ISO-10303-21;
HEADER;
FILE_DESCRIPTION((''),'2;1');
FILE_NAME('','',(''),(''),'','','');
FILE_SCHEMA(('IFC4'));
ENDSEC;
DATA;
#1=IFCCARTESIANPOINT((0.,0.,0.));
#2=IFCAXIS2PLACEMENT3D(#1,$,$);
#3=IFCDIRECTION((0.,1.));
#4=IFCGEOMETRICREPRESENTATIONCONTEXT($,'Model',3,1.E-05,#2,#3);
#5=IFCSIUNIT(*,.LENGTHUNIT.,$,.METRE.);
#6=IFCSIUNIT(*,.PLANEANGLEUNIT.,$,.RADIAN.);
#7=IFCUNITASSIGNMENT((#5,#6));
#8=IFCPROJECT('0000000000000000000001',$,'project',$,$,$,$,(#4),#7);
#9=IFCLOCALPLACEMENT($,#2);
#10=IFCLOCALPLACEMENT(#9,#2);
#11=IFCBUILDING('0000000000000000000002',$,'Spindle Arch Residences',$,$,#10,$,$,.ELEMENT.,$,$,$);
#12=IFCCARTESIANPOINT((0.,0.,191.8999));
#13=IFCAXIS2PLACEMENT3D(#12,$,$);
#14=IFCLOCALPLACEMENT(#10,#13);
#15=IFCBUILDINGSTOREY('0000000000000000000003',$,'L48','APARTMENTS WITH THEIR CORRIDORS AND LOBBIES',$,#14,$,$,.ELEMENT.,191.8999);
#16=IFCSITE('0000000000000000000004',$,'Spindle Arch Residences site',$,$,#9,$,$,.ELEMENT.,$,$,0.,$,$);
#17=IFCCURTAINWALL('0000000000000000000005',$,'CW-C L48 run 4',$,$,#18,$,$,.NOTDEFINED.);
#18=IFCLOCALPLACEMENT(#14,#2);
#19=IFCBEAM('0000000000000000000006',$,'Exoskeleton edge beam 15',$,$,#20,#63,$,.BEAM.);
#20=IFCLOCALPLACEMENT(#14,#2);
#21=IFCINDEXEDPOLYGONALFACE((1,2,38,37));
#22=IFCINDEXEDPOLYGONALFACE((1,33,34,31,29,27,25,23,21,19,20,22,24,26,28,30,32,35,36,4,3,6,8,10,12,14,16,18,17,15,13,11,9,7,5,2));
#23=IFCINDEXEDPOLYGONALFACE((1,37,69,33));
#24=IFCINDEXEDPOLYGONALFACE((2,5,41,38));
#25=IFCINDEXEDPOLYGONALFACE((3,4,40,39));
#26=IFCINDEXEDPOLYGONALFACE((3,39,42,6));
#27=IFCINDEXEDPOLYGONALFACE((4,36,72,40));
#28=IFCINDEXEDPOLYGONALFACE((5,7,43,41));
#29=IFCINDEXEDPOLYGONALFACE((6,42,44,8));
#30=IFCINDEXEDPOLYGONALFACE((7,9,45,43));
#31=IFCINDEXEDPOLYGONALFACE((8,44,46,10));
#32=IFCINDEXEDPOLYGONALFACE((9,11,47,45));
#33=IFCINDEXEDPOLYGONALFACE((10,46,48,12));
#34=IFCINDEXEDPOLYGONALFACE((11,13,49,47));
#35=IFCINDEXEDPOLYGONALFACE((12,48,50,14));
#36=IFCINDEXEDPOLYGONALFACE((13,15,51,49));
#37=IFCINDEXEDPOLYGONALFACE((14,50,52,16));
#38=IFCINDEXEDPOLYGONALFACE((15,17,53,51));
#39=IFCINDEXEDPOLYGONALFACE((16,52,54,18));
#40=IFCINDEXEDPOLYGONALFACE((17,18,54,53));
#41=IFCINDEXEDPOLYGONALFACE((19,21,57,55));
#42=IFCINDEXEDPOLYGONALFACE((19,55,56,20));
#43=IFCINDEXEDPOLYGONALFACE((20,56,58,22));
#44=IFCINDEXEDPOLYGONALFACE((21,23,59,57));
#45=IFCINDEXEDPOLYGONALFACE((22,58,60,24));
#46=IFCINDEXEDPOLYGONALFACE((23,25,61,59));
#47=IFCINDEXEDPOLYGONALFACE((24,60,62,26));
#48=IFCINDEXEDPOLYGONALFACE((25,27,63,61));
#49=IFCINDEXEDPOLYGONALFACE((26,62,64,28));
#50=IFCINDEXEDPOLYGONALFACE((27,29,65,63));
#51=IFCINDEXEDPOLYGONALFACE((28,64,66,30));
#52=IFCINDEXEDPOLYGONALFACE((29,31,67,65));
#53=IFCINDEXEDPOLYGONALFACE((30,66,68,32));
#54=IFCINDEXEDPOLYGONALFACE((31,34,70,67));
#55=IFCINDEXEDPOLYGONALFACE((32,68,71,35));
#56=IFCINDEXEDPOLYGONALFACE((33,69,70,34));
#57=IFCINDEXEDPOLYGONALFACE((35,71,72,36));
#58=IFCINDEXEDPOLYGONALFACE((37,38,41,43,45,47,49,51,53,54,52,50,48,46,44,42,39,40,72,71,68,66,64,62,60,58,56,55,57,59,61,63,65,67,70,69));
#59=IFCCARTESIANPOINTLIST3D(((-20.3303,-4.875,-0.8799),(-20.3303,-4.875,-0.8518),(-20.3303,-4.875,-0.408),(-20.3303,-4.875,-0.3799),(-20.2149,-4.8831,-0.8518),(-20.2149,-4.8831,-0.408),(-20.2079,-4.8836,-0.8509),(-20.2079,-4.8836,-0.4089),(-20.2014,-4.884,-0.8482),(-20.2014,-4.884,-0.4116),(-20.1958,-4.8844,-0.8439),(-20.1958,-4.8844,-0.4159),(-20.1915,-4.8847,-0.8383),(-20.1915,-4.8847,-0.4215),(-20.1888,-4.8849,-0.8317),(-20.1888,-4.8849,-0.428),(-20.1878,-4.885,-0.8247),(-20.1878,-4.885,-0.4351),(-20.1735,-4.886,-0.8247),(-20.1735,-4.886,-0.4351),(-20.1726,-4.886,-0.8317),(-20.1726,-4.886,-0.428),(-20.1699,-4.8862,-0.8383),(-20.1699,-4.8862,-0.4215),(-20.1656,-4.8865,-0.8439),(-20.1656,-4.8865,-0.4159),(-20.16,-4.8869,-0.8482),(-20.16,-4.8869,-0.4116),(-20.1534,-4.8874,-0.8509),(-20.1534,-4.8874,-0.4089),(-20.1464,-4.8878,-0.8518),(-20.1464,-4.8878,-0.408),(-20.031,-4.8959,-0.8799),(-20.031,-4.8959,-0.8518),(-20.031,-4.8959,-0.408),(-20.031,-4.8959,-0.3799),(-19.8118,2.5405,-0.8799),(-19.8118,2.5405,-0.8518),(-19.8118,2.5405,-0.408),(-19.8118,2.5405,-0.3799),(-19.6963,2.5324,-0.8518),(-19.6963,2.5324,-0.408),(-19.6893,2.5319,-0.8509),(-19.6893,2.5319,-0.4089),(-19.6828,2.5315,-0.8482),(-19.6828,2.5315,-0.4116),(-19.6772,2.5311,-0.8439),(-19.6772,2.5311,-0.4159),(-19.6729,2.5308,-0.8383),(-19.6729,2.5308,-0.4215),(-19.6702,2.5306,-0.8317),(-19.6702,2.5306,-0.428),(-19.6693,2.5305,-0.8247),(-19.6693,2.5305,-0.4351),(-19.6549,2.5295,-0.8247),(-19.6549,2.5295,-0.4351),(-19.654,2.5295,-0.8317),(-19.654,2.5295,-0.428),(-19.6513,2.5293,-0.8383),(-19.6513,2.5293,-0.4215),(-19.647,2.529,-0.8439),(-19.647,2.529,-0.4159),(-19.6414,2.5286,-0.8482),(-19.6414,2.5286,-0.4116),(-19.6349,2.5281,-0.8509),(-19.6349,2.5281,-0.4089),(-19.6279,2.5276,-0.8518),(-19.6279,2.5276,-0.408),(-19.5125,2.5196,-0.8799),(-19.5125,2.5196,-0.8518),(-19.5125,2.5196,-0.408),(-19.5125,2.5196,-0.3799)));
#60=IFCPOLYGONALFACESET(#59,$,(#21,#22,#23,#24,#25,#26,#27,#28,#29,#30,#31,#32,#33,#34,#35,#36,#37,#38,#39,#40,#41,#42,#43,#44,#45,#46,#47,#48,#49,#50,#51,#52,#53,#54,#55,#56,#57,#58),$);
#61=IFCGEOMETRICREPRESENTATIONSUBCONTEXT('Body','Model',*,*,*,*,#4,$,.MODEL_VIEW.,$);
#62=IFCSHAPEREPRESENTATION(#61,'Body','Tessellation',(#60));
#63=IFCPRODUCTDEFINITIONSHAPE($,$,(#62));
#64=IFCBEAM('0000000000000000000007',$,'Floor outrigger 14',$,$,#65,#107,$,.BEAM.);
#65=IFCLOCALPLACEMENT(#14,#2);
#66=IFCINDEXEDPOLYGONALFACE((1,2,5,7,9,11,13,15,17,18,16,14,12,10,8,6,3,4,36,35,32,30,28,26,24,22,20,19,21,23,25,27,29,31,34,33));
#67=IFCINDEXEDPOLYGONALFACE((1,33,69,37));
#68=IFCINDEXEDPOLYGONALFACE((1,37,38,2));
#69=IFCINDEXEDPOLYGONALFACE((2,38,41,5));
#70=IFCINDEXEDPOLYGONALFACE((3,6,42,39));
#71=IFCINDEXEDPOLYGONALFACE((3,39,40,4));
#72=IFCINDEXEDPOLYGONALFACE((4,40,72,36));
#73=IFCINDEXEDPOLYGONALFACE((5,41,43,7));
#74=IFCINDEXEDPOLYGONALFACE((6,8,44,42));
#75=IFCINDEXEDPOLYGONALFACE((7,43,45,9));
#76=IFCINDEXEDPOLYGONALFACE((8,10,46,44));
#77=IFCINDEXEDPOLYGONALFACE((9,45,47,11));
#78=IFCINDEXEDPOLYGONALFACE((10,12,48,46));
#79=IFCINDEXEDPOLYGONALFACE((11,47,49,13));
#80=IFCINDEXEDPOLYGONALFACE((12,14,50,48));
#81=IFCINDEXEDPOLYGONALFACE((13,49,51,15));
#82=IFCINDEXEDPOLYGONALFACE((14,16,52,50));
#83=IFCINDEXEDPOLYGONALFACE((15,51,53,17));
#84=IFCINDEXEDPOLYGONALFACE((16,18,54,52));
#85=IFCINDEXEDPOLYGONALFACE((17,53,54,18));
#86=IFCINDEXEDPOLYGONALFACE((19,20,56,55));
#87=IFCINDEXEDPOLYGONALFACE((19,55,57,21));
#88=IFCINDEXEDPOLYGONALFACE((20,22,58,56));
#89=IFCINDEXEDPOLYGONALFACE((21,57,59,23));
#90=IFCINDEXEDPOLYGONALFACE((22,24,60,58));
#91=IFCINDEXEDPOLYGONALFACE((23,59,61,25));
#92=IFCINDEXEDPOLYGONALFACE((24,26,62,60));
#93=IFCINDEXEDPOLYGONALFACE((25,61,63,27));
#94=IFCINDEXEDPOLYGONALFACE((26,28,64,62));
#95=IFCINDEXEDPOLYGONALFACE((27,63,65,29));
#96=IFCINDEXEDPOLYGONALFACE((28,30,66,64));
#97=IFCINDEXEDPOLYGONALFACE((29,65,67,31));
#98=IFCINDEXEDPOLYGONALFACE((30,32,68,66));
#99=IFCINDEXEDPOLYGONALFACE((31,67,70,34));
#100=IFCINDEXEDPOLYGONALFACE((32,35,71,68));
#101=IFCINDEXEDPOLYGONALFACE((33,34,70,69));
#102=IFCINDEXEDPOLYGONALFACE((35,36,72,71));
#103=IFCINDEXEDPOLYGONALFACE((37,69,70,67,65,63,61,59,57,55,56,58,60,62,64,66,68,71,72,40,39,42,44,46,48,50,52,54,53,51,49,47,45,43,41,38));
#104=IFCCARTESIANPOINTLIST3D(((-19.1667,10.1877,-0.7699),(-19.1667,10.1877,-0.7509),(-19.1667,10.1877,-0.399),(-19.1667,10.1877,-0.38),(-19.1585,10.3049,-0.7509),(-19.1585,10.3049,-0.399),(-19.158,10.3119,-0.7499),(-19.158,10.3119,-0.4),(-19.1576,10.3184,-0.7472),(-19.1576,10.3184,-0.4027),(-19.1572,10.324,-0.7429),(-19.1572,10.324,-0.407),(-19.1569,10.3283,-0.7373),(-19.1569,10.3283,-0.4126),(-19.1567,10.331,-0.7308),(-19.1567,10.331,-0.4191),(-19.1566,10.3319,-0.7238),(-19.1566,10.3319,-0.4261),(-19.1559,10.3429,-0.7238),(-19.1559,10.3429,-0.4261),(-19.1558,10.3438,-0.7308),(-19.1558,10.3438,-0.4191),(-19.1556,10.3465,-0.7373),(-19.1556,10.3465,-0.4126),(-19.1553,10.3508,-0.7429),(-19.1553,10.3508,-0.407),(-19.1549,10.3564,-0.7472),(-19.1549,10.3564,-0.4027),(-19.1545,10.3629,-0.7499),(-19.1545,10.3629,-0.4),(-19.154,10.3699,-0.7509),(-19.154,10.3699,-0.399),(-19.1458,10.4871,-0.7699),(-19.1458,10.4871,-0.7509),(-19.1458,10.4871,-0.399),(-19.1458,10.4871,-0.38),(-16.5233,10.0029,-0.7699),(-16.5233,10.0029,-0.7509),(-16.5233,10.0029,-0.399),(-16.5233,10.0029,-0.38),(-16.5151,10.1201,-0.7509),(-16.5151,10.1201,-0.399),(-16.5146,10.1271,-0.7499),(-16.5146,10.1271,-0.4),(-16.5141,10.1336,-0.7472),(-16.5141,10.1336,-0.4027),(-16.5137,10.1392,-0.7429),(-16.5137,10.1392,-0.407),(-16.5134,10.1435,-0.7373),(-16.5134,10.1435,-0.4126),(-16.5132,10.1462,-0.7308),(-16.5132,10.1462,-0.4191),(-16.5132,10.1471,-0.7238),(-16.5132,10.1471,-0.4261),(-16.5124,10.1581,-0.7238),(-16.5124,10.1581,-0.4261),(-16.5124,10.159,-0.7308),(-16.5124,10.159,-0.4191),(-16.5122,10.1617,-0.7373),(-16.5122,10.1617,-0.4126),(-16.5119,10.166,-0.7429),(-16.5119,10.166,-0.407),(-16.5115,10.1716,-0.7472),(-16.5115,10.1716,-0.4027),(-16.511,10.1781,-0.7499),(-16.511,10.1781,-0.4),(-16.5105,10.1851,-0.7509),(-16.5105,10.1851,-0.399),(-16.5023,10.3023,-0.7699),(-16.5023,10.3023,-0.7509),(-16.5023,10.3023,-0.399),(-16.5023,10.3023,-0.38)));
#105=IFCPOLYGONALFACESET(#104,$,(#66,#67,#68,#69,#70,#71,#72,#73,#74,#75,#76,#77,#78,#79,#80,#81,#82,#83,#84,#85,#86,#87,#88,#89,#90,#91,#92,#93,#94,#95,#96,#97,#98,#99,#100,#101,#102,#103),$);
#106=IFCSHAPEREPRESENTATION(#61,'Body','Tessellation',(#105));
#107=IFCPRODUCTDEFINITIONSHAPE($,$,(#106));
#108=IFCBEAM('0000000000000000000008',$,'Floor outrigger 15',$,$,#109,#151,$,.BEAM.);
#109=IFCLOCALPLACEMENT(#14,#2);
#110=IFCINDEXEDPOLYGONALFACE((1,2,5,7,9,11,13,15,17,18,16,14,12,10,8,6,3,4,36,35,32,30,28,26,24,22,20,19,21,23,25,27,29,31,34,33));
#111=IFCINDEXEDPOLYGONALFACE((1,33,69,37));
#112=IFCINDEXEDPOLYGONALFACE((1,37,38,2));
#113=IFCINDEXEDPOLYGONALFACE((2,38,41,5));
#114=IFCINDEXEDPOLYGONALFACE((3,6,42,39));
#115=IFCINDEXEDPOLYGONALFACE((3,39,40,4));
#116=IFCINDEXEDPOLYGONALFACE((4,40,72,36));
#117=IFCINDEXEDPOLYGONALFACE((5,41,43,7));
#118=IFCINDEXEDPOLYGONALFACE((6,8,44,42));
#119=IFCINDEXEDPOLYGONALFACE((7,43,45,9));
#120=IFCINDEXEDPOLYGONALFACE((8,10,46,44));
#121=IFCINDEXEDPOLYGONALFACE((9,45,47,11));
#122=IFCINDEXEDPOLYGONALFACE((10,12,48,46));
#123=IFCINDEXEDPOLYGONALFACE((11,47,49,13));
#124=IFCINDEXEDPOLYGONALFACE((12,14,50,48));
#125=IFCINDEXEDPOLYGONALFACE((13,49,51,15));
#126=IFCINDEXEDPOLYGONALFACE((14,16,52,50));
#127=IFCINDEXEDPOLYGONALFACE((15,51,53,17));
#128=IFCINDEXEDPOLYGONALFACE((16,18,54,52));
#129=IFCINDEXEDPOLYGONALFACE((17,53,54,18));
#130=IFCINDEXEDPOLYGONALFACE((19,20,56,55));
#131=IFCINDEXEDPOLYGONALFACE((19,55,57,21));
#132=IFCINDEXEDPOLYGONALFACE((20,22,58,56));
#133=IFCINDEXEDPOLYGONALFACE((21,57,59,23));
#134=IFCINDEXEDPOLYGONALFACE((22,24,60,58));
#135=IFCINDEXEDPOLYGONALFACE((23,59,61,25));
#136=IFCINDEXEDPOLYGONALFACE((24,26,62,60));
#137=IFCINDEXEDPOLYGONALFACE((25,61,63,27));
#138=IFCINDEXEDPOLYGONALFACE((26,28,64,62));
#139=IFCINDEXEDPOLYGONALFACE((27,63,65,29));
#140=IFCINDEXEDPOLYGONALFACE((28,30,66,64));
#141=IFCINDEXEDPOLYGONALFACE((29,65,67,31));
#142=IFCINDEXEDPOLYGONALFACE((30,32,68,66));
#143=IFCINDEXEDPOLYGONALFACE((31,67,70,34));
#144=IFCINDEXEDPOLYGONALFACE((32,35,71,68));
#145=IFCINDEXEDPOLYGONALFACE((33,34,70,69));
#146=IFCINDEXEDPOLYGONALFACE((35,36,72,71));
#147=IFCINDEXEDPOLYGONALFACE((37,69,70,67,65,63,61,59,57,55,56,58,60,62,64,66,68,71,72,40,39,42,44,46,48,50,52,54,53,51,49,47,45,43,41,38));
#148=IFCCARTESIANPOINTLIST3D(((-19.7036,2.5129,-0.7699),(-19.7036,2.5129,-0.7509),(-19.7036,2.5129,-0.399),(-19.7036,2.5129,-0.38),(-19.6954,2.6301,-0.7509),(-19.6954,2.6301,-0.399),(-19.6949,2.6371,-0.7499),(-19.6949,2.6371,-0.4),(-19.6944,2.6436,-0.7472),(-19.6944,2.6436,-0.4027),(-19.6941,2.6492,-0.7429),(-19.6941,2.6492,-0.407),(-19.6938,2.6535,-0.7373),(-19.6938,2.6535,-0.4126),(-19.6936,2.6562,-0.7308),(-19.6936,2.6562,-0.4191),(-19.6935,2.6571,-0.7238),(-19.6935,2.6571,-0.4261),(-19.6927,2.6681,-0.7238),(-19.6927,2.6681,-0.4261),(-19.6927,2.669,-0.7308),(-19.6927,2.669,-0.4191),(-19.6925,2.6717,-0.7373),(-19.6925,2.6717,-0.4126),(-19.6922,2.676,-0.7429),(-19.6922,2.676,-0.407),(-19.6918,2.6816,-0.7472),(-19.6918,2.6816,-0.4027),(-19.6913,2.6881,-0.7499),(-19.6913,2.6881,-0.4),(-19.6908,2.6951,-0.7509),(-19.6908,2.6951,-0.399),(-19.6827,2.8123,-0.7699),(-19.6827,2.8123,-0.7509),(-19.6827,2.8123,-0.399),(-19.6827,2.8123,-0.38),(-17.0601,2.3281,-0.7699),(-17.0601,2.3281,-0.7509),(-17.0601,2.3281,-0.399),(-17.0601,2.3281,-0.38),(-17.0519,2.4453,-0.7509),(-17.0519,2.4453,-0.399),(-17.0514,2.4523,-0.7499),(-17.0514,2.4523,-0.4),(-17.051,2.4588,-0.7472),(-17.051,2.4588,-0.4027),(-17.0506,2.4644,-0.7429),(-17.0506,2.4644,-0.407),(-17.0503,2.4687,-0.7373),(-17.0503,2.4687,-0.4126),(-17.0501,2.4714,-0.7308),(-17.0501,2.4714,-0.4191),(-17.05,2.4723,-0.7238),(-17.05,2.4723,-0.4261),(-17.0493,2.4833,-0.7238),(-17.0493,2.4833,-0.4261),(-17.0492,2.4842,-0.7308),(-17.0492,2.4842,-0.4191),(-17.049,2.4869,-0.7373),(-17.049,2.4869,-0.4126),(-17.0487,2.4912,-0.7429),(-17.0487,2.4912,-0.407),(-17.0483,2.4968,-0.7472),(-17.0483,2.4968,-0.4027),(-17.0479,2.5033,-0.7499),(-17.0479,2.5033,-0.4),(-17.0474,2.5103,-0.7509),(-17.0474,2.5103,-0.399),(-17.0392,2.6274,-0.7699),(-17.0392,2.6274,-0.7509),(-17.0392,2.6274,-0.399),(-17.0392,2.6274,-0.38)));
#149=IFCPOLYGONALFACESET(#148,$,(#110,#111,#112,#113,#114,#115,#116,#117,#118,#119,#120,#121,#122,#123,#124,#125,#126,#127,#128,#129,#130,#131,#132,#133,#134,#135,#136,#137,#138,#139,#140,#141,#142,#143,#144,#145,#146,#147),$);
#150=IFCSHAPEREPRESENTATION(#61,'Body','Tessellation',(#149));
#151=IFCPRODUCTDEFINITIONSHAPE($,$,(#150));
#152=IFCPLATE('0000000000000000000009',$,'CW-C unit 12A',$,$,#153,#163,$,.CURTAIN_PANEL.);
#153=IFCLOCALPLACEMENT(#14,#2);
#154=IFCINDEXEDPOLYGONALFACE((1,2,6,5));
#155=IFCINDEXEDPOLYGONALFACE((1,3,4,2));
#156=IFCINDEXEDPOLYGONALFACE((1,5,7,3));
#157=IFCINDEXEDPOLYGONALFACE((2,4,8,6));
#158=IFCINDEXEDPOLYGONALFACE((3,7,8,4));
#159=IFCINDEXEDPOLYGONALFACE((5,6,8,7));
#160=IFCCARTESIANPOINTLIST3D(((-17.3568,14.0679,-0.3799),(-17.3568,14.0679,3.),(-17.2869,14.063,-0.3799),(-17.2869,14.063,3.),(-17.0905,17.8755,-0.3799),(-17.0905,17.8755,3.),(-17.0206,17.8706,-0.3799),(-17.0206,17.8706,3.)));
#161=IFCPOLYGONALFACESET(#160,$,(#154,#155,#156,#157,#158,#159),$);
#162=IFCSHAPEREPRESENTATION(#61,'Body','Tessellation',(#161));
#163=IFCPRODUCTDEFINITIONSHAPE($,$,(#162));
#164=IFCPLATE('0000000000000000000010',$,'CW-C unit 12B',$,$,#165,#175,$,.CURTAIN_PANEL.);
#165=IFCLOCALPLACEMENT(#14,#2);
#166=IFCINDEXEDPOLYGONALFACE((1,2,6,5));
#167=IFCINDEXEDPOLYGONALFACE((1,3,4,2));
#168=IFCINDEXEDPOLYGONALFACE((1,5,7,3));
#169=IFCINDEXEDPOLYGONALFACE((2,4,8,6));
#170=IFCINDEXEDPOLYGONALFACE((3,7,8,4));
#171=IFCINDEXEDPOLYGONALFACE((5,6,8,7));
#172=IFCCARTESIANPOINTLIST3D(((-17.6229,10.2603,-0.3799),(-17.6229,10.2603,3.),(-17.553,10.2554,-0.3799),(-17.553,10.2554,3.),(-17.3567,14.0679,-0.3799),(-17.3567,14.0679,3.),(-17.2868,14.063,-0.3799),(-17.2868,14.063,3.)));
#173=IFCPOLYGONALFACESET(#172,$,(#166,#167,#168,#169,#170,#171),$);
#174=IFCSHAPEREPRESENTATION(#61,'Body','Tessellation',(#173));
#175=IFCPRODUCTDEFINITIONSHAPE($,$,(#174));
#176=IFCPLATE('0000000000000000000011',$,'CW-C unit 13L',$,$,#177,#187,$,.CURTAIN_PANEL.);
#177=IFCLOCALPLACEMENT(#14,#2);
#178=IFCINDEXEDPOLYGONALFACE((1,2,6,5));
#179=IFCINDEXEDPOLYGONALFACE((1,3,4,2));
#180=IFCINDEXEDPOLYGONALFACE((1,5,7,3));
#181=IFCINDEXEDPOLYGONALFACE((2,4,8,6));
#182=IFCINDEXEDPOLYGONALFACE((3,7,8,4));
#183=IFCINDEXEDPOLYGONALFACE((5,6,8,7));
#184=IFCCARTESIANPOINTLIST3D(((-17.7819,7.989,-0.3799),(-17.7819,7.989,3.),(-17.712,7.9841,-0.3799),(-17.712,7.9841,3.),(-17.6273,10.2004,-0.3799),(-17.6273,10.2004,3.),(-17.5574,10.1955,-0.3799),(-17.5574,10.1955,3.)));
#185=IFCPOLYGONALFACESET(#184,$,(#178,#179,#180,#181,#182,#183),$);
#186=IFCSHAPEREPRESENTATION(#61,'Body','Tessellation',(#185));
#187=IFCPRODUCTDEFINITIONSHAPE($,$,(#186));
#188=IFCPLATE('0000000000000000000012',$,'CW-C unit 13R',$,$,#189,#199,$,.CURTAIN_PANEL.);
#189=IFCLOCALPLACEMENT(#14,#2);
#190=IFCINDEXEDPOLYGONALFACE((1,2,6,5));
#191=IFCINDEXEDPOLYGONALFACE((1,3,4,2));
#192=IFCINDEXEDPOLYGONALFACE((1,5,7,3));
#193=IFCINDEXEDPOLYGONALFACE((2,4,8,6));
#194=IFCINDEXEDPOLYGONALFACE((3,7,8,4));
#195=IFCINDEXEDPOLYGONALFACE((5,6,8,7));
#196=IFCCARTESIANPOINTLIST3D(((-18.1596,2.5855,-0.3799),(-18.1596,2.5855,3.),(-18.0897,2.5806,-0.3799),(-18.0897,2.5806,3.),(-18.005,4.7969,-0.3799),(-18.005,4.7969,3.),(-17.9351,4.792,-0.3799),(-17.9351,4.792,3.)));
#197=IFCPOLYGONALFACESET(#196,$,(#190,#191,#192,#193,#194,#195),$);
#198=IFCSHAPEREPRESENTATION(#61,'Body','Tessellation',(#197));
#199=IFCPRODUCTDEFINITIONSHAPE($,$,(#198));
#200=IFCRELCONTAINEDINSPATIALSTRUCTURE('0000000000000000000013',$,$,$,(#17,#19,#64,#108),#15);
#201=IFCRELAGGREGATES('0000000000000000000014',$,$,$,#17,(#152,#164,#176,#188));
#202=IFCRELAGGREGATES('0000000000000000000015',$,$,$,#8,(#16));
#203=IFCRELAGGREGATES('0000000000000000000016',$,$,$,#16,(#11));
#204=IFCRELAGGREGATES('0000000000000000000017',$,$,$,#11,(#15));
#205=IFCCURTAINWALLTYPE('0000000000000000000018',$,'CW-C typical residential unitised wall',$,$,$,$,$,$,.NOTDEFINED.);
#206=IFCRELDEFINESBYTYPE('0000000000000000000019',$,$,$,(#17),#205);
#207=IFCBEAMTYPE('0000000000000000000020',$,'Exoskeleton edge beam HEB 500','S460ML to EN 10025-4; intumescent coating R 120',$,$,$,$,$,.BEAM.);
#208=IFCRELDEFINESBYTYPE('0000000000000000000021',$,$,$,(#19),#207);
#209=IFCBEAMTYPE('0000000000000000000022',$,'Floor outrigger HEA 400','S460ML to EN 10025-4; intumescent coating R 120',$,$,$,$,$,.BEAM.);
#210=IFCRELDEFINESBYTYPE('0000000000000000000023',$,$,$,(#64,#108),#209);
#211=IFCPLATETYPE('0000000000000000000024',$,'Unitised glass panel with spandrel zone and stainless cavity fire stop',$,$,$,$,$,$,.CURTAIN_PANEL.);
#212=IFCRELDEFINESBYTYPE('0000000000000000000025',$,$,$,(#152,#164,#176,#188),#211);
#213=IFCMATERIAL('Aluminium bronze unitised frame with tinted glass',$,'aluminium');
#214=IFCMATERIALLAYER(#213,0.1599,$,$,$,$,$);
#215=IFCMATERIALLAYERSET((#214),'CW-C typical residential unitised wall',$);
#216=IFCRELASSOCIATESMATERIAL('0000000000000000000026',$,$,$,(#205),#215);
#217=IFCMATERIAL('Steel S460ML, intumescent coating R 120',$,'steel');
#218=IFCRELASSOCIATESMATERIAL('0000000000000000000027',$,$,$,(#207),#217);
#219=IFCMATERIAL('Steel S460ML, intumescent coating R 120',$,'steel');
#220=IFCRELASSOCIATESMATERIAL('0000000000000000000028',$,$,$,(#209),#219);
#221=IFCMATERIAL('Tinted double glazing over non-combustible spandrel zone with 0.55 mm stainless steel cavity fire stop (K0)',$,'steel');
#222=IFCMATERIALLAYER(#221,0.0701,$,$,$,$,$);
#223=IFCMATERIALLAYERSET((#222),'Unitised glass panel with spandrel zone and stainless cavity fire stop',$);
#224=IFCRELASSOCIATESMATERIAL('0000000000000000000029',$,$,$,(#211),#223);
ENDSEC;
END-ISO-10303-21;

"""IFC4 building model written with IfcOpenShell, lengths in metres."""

from ifc_helpers import new_model, si_unit, direction, frame, origin, origin_2d, place, context, subcontext, project, spatial, rectangle, i_section, extrude, material, layer, layer_set, material_profile, profile_set, type_object, element, aggregate, save


model = new_model("IFC4")

# Units and contexts
model_context = context("Model", 3, precision=1e-05, world=origin(), true_north=direction((0.0, 1.0)))
body_context = subcontext(model_context, "Body", "Model", "MODEL_VIEW")
ifc_project = project(units=[si_unit("LENGTHUNIT", "METRE"), si_unit("PLANEANGLEUNIT", "RADIAN")], contexts=[model_context])

# Site, building, storey
site_placement = place(None, origin())
site = spatial("IfcSite", under=ifc_project, at=site_placement, Name="Spindle Arch Residences site", CompositionType="ELEMENT", RefElevation=0.0)
building_placement = place(site_placement, origin())
building = spatial("IfcBuilding", under=site, at=building_placement, Name="Spindle Arch Residences", CompositionType="ELEMENT")
storey_placement = place(building_placement, frame((0.0, 0.0, 191.8999)))
storey = spatial("IfcBuildingStorey", under=building, at=storey_placement, Name="L48", Description="APARTMENTS WITH THEIR CORRIDORS AND LOBBIES", CompositionType="ELEMENT", Elevation=191.8999)

# Curtain wall
ifc_material_1 = material(Name="Aluminium bronze unitised frame with tinted glass", Category="aluminium")
ifc_layer_1 = layer(ifc_material_1, 0.1599)
ifc_layer_set_1 = layer_set([ifc_layer_1], Name="CW-C typical residential unitised wall")
curtain_wall_type = type_object("IfcCurtainWallType", Name="CW-C typical residential unitised wall", PredefinedType="NOTDEFINED", material=ifc_layer_set_1)
curtain_wall_placement = place(storey_placement, origin())
curtain_wall = element("IfcCurtainWall", 1, at=curtain_wall_placement, inside=storey, type_object=curtain_wall_type, Name="CW-C L48 run 4", PredefinedType="NOTDEFINED")

# Beams
ifc_material_2 = material(Name="Steel S460ML, intumescent coating R 120", Category="steel")
ifc_material_profile_1 = material_profile(ifc_material_2, i_section(OverallWidth=0.3, OverallDepth=0.5, WebThickness=0.0144, FlangeThickness=0.0281, FilletRadius=0.0271, at=origin_2d()), Name="HEB 500")
ifc_profile_set_1 = profile_set([ifc_material_profile_1], Name="Steel S460ML, intumescent coating R 120")
beam_type_1 = type_object("IfcBeamType", Name="Exoskeleton edge beam HEB 500", Description="S460ML to EN 10025-4; intumescent coating R 120", PredefinedType="BEAM", material=ifc_profile_set_1)
beam_1_placement = place(storey_placement, frame((-19.6621, 2.53, -0.6299), z_axis=(-0.069758, -0.997564, 0.0), x_axis=(0.997564, -0.069758, 0.0)))
element("IfcBeam", 2, at=beam_1_placement, inside=storey, type_object=beam_type_1, Name="Exoskeleton edge beam 15", PredefinedType="BEAM", context=body_context, shape_type="SweptSolid", body=[
    extrude(i_section(OverallWidth=0.3, OverallDepth=0.5, WebThickness=0.0144, FlangeThickness=0.0281, FilletRadius=0.0271, at=origin_2d()), origin(), (0.0, 0.0, 1.0), 7.4336),
])
ifc_material_3 = material(Name="Steel S460ML, intumescent coating R 120", Category="steel")
ifc_material_profile_2 = material_profile(ifc_material_3, i_section(OverallWidth=0.3, OverallDepth=0.3899, WebThickness=0.011, FlangeThickness=0.019, FilletRadius=0.0271, at=origin_2d()), Name="HEA 400")
ifc_profile_set_2 = profile_set([ifc_material_profile_2], Name="Steel S460ML, intumescent coating R 120")
beam_type_2 = type_object("IfcBeamType", Name="Floor outrigger HEA 400", Description="S460ML to EN 10025-4; intumescent coating R 120", PredefinedType="BEAM", material=ifc_profile_set_2)
for number, where, z_axis, x_axis, name in (
    (3, (-19.1562, 10.3374, -0.575), (0.997565, -0.069741, 0.0), (0.069741, 0.997565, 0.0), "Floor outrigger 14"),
    (4, (-19.6931, 2.6626, -0.575), (0.997565, -0.069741, 0.0), (0.069741, 0.997565, 0.0), "Floor outrigger 15"),
):
    element("IfcBeam", number, at=place(storey_placement, frame(where, z_axis=z_axis, x_axis=x_axis)), inside=storey, type_object=beam_type_2, Name=name, PredefinedType="BEAM", context=body_context, shape_type="SweptSolid", body=[
        extrude(i_section(OverallWidth=0.3, OverallDepth=0.3899, WebThickness=0.011, FlangeThickness=0.019, FilletRadius=0.0271, at=origin_2d()), origin(), (0.0, 0.0, 1.0), 2.6499),
    ])

# Plates
ifc_material_4 = material(Name="Tinted double glazing over non-combustible spandrel zone with 0.55 mm stainless steel cavity fire stop (K0)", Category="steel")
ifc_layer_2 = layer(ifc_material_4, 0.0701)
ifc_layer_set_2 = layer_set([ifc_layer_2], Name="Unitised glass panel with spandrel zone and stainless cavity fire stop")
plate_type = type_object("IfcPlateType", Name="Unitised glass panel with spandrel zone and stainless cavity fire stop", PredefinedType="CURTAIN_PANEL", material=ifc_layer_set_2)
plate_1_placement = place(storey_placement, frame((-17.1887, 15.9692, -0.3799), z_axis=(0.0, 0.0, 1.0), x_axis=(-0.069756, -0.997564, 0.0)))
plate_1 = element("IfcPlate", 5, at=plate_1_placement, type_object=plate_type, Name="CW-C unit 12A", PredefinedType="CURTAIN_PANEL", context=body_context, shape_type="SweptSolid", body=[
    extrude(rectangle(XDim=3.8169, YDim=0.0701, at=origin_2d()), origin(), (0.0, 0.0, 1.0), 3.3799),
])
plate_2_placement = place(storey_placement, frame((-17.4548, 12.1616, -0.3799), z_axis=(0.0, 0.0, 1.0), x_axis=(-0.069756, -0.997564, 0.0)))
plate_2 = element("IfcPlate", 6, at=plate_2_placement, type_object=plate_type, Name="CW-C unit 12B", PredefinedType="CURTAIN_PANEL", context=body_context, shape_type="SweptSolid", body=[
    extrude(rectangle(XDim=3.8169, YDim=0.0701, at=origin_2d()), origin(), (0.0, 0.0, 1.0), 3.3799),
])
plate_3_placement = place(storey_placement, frame((-17.6697, 9.0923, -0.3799), z_axis=(0.0, 0.0, 1.0), x_axis=(-0.069756, -0.997564, 0.0)))
plate_3 = element("IfcPlate", 7, at=plate_3_placement, type_object=plate_type, Name="CW-C unit 13L", PredefinedType="CURTAIN_PANEL", context=body_context, shape_type="SweptSolid", body=[
    extrude(rectangle(XDim=2.2168, YDim=0.0701, at=origin_2d()), origin(), (0.0, 0.0, 1.0), 3.3799),
])
plate_4_placement = place(storey_placement, frame((-18.0474, 3.6887, -0.3799), z_axis=(0.0, 0.0, 1.0), x_axis=(-0.069756, -0.997564, 0.0)))
plate_4 = element("IfcPlate", 8, at=plate_4_placement, type_object=plate_type, Name="CW-C unit 13R", PredefinedType="CURTAIN_PANEL", context=body_context, shape_type="SweptSolid", body=[
    extrude(rectangle(XDim=2.2168, YDim=0.0701, at=origin_2d()), origin(), (0.0, 0.0, 1.0), 3.3799),
])
aggregate(curtain_wall, [plate_1, plate_2, plate_3, plate_4])

save(model, "model.ifc")
